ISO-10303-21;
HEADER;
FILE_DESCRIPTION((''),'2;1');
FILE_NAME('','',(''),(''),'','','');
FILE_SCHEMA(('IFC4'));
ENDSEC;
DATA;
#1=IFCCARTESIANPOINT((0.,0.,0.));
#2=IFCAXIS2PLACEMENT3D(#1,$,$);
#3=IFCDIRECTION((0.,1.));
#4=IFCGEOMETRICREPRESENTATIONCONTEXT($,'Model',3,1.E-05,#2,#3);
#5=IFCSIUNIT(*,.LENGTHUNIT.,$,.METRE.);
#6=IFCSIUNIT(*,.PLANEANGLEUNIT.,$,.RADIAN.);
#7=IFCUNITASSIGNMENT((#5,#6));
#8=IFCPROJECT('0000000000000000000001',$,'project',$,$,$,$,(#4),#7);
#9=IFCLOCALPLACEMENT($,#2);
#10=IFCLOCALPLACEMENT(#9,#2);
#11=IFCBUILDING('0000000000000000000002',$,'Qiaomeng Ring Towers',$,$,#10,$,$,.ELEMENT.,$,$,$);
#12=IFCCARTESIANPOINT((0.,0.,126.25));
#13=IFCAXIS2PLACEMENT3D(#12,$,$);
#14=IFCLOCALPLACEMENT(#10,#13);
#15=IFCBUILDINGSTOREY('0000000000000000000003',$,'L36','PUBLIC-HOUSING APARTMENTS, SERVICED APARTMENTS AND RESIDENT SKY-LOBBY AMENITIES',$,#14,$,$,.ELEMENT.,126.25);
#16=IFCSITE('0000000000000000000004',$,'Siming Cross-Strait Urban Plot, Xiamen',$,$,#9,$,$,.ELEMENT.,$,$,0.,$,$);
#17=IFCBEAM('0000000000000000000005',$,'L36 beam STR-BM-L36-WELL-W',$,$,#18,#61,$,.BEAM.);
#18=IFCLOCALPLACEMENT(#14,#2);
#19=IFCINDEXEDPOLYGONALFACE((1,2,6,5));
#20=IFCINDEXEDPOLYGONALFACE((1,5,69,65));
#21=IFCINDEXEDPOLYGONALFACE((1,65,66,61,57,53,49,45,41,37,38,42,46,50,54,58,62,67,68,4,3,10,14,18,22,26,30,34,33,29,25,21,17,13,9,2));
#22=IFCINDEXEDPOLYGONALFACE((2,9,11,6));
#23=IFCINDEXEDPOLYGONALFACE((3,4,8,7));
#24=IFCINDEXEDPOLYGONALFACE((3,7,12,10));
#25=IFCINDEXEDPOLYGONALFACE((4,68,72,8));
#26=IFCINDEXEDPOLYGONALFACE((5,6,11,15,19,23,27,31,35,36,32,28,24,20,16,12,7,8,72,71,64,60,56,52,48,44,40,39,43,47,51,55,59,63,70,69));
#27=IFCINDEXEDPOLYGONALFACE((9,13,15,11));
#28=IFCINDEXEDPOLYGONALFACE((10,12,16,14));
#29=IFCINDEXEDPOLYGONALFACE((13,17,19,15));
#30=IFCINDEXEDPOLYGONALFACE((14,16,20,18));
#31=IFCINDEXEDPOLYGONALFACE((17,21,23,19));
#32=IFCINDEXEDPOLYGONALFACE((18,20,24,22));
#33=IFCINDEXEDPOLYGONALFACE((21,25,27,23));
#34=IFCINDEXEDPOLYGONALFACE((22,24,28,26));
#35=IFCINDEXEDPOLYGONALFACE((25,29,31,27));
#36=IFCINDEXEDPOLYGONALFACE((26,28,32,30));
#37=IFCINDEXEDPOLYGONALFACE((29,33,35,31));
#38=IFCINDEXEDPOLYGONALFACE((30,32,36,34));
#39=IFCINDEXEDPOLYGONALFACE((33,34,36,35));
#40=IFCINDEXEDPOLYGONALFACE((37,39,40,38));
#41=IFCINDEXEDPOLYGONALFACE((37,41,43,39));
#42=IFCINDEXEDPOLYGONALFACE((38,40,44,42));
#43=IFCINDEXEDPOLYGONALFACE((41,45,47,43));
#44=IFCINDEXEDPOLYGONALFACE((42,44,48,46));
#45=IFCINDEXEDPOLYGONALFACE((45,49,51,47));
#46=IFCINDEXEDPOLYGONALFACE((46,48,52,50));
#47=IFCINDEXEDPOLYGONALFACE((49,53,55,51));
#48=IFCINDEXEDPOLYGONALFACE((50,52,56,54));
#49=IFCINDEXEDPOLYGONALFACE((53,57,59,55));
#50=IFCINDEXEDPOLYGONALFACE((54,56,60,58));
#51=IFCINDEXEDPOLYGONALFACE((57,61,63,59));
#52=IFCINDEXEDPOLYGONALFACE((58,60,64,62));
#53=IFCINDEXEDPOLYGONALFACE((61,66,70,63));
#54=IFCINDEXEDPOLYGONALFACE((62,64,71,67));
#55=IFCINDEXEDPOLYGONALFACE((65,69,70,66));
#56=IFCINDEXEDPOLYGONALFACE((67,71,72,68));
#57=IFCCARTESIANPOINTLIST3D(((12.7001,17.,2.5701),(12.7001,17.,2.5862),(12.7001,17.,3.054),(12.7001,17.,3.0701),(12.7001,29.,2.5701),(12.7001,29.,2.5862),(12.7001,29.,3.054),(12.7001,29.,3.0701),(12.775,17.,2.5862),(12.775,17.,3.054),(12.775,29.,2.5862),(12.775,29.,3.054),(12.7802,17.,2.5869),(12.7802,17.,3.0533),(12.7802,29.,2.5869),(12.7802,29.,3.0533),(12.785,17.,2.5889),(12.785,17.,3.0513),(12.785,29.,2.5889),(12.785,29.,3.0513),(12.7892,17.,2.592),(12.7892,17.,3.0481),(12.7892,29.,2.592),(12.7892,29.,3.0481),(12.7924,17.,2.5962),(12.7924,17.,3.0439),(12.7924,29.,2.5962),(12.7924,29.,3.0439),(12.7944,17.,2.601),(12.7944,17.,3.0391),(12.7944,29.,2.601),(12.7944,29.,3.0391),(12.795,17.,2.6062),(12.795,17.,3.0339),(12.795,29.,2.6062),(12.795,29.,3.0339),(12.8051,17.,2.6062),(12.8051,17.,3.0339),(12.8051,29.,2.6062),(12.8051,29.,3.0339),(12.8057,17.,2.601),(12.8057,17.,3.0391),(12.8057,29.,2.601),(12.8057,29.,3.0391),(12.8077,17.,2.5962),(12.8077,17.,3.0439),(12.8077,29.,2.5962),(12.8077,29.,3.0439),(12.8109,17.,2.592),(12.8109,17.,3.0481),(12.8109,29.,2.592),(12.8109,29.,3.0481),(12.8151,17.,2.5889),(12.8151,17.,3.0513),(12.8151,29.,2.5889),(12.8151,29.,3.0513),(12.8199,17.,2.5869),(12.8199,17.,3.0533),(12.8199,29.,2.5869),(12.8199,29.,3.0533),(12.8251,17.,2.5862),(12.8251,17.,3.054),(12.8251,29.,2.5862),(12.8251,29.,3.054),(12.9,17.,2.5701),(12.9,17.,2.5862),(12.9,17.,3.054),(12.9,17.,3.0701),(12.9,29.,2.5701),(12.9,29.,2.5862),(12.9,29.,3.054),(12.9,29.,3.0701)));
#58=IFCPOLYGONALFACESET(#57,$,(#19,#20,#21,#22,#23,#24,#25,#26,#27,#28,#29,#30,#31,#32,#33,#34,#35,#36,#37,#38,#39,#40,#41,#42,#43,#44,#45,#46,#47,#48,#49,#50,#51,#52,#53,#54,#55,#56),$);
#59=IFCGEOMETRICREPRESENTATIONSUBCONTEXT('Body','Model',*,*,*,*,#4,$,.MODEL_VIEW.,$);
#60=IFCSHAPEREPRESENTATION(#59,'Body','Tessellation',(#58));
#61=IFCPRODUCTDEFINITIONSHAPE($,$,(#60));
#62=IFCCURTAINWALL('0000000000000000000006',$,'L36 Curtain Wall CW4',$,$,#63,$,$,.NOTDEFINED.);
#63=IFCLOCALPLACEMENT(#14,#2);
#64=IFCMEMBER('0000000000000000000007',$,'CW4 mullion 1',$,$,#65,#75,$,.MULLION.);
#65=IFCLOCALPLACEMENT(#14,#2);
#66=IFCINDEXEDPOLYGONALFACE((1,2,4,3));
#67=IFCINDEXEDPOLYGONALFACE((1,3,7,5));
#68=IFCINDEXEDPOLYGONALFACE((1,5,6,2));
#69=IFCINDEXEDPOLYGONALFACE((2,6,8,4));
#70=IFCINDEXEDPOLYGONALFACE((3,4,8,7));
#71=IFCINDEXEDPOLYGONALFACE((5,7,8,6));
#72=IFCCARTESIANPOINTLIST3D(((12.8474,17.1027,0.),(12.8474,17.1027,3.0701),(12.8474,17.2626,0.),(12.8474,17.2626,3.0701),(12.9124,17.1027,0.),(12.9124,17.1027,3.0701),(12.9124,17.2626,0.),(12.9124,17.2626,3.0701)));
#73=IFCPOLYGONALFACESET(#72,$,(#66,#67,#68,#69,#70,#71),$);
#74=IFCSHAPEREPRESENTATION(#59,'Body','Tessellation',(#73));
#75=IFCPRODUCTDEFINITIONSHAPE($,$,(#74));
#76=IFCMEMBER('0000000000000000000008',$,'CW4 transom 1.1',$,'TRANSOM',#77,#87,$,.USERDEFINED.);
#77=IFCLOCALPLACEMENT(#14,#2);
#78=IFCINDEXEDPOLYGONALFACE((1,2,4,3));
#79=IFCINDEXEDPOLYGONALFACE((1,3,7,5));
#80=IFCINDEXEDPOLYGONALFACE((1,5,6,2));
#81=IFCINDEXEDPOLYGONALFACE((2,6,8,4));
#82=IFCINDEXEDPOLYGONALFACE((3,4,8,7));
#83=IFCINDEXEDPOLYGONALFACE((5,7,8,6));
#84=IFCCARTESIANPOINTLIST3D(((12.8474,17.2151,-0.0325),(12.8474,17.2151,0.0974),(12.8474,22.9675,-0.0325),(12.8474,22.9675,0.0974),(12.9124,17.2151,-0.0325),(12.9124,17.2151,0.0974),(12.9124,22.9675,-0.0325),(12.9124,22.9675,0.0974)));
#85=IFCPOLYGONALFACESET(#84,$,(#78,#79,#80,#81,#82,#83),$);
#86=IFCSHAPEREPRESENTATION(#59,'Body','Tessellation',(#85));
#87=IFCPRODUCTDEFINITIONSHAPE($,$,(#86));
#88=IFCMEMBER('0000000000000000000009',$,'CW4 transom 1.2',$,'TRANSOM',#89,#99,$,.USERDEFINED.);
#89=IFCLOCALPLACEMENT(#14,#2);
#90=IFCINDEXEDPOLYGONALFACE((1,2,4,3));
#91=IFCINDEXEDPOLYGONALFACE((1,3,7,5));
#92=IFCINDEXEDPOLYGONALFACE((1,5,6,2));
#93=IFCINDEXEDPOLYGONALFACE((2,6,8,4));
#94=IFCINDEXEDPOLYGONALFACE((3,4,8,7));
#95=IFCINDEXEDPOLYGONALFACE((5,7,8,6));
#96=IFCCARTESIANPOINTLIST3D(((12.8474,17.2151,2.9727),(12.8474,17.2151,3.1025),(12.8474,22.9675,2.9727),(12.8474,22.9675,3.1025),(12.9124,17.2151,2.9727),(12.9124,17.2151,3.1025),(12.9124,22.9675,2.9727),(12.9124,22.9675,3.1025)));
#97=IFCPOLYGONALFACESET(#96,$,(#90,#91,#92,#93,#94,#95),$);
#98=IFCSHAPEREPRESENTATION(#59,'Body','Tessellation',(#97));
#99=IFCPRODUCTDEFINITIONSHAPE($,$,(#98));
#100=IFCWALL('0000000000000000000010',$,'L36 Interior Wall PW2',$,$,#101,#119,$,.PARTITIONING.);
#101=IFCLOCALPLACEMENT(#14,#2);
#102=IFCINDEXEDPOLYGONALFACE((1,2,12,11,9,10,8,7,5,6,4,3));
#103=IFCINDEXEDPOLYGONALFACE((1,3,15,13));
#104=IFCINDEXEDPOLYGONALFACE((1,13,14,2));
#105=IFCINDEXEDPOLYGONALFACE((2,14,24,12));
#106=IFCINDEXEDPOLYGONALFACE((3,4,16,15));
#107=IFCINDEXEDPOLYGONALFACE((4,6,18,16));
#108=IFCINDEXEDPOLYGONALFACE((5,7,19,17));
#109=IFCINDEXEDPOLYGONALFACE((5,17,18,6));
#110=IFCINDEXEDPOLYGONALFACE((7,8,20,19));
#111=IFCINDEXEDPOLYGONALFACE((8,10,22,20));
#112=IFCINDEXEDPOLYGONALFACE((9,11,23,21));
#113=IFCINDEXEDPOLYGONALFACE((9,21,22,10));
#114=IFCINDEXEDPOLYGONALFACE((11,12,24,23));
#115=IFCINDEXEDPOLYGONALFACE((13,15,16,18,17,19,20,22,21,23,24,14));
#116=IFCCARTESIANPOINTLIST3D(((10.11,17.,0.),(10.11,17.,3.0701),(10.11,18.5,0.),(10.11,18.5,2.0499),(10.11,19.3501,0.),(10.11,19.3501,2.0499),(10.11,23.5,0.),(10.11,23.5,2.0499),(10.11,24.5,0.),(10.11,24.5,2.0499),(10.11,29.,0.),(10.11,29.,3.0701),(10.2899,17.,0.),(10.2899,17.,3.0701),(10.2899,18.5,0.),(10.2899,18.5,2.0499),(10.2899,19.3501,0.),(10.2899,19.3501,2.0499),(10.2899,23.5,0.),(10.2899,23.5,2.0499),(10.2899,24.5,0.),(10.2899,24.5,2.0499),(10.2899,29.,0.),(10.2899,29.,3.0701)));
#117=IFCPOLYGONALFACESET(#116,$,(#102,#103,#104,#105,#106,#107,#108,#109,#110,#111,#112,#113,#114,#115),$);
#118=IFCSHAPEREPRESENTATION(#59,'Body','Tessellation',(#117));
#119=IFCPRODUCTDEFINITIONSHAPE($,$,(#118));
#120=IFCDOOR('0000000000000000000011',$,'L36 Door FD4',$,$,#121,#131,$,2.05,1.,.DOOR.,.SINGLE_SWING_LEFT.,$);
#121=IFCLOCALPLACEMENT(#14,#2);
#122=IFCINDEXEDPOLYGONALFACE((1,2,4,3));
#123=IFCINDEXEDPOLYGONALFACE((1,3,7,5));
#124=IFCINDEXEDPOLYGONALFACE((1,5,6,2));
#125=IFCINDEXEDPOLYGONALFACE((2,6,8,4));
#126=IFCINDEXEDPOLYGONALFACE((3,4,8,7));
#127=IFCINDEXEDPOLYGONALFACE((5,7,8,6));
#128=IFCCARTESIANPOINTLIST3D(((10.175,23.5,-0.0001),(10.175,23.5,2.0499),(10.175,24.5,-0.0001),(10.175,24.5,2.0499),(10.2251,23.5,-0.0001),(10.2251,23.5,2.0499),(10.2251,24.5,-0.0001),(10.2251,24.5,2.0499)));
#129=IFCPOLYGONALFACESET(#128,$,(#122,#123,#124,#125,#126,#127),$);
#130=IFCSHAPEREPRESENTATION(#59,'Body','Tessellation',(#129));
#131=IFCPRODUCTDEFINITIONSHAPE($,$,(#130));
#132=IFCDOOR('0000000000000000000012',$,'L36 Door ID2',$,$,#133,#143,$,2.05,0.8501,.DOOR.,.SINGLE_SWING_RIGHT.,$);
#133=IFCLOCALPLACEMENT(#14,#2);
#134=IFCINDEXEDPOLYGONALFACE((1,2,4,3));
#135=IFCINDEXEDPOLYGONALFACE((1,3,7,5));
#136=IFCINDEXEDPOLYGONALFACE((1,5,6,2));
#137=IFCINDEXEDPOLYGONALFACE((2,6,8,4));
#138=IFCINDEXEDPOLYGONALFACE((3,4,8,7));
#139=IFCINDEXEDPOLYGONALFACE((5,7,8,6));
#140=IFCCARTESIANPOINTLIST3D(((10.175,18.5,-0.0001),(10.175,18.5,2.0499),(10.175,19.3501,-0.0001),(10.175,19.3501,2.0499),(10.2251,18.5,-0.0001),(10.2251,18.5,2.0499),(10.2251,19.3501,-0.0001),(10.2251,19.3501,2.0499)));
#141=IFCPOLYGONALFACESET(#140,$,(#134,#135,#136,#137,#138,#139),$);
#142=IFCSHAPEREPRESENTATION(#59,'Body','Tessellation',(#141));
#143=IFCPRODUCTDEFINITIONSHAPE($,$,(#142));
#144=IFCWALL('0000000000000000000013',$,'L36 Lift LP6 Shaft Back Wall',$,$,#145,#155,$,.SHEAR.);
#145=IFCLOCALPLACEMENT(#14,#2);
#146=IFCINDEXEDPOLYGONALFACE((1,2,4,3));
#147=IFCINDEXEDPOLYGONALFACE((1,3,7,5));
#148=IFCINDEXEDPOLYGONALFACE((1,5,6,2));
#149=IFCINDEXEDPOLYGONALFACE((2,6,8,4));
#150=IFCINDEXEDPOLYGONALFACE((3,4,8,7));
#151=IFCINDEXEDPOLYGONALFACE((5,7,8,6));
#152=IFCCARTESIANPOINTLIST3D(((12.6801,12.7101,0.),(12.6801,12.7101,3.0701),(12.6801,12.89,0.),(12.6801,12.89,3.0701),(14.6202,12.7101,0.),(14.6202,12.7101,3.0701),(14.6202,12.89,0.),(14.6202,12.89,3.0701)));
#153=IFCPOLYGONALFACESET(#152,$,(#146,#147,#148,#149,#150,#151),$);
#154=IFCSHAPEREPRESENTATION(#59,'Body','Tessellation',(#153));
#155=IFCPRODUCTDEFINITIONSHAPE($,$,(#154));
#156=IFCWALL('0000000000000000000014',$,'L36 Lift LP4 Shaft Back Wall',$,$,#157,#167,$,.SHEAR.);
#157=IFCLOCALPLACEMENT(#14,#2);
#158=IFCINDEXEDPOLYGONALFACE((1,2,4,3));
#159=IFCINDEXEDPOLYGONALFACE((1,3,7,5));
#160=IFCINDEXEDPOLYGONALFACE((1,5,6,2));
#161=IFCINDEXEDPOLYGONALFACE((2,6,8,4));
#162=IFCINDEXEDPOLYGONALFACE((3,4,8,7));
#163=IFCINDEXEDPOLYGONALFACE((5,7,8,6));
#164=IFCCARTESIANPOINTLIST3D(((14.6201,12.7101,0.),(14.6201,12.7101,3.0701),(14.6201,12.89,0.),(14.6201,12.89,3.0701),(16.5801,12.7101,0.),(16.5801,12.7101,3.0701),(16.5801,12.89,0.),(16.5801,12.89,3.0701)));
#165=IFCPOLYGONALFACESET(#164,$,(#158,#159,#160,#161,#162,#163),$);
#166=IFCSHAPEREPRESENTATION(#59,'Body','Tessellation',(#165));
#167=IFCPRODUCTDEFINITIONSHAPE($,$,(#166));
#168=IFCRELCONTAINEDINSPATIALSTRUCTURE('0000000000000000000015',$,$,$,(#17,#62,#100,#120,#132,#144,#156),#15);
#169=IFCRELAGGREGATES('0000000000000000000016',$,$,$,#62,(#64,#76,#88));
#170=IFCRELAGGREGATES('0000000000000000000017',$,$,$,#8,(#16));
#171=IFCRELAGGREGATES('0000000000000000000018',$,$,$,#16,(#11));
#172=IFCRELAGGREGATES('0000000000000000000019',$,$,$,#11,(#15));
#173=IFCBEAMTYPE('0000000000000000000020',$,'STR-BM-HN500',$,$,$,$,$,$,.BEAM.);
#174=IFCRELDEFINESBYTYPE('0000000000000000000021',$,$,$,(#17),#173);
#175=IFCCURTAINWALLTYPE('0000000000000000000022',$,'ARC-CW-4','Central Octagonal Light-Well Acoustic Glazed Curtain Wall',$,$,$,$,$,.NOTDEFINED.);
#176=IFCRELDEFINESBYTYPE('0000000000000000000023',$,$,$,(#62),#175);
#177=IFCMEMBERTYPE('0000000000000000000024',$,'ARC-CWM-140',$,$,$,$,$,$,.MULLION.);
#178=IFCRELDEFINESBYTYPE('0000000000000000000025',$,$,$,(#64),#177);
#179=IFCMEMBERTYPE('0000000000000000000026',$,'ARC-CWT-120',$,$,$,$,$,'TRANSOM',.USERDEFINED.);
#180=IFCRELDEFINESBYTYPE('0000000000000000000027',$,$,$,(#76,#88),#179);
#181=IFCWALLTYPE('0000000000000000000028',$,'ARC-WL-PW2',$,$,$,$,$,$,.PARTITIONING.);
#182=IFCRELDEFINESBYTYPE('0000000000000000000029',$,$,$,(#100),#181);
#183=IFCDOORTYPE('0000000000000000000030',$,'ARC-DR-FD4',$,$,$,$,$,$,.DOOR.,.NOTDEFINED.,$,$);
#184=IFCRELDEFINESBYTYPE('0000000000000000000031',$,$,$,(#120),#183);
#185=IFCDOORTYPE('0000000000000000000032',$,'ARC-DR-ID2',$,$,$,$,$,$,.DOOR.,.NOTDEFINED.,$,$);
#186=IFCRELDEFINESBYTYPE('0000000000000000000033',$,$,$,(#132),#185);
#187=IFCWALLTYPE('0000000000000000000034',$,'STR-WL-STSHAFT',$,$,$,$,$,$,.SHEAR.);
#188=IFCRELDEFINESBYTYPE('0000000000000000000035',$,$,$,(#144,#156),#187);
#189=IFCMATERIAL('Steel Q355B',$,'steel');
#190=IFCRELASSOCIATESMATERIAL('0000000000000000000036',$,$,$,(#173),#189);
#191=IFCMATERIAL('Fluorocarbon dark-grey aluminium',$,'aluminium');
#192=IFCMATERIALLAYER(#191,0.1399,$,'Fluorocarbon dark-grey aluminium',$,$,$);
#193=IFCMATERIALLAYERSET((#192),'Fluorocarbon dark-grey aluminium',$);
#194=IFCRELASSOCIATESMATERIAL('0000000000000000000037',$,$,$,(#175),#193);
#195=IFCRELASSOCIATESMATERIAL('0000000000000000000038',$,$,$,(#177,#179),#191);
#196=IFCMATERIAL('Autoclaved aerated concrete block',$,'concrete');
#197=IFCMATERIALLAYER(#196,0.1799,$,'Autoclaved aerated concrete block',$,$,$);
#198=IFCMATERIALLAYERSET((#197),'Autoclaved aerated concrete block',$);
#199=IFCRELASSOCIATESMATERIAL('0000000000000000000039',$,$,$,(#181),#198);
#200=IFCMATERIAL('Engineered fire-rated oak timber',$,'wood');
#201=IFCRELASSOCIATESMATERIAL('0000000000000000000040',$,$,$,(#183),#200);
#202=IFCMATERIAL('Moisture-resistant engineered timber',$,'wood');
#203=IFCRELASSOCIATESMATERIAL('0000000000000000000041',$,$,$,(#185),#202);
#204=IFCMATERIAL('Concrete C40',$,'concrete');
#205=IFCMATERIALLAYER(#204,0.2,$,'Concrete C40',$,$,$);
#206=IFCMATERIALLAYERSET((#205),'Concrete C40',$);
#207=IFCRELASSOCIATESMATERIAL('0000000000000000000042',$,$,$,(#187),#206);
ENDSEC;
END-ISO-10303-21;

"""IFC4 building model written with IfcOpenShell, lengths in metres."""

from ifc_helpers import new_model, si_unit, direction, frame, frame_2d, origin, origin_2d, place, context, subcontext, project, spatial, rectangle, i_section, extrude, source, transform, mapped, material, layer, layer_set, material_profile, profile_set, type_object, element, fill, aggregate, save


model = new_model("IFC4")

# Units and contexts
model_context = context("Model", 3, precision=1e-05, world=origin(), true_north=direction((0.0, 1.0)))
body_context = subcontext(model_context, "Body", "Model", "MODEL_VIEW")
ifc_project = project(units=[si_unit("LENGTHUNIT", "METRE"), si_unit("PLANEANGLEUNIT", "RADIAN")], contexts=[model_context])

# Site, building, storey
site_placement = place(None, origin())
site = spatial("IfcSite", under=ifc_project, at=site_placement, Name="Siming Cross-Strait Urban Plot, Xiamen", CompositionType="ELEMENT", RefElevation=0.0)
building_placement = place(site_placement, origin())
building = spatial("IfcBuilding", under=site, at=building_placement, Name="Qiaomeng Ring Towers", CompositionType="ELEMENT")
storey_placement = place(building_placement, frame((0.0, 0.0, 126.25)))
storey = spatial("IfcBuildingStorey", under=building, at=storey_placement, Name="L36", Description="PUBLIC-HOUSING APARTMENTS, SERVICED APARTMENTS AND RESIDENT SKY-LOBBY AMENITIES", CompositionType="ELEMENT", Elevation=126.25)

# Beam
ifc_material_1 = material(Name="Steel Q355B", Category="steel")
ifc_material_profile_1 = material_profile(ifc_material_1, i_section(OverallWidth=0.2, OverallDepth=0.5, WebThickness=0.01, FlangeThickness=0.0161, FilletRadius=0.02, at=origin_2d()), Name="HN 500x200x10x16")
ifc_profile_set_1 = profile_set([ifc_material_profile_1], Name="Steel Q355B")
beam_type = type_object("IfcBeamType", Name="STR-BM-HN500", PredefinedType="BEAM", material=ifc_profile_set_1)
shared_shape_1 = source(origin(), body_context, "Body", "SweptSolid", [
    extrude(i_section(OverallWidth=0.2, OverallDepth=0.5, WebThickness=0.01, FlangeThickness=0.0161, FilletRadius=0.02, at=origin_2d()), origin(), (0.0, 0.0, 1.0), 12.0),
])
beam_placement = place(storey_placement, frame((12.8, 17.0, 2.8201), z_axis=(0.0, 1.0, 0.0), x_axis=(-1.0, 0.0, 0.0)))
element("IfcBeam", 1, at=beam_placement, inside=storey, type_object=beam_type, Name="L36 beam STR-BM-L36-WELL-W", PredefinedType="BEAM", context=body_context, shape_type="MappedRepresentation", body=[
    mapped(shared_shape_1, transform((0.0, 0.0, 0.0), x_axis=(1.0, 0.0, 0.0), y_axis=(0.0, 1.0, 0.0), z_axis=(0.0, 0.0, 1.0), scale=1.0)),
])

# Curtain wall, members
ifc_material_2 = material(Name="Fluorocarbon dark-grey aluminium", Category="aluminium")
ifc_layer_1 = layer(ifc_material_2, 0.1399, Name="Fluorocarbon dark-grey aluminium")
ifc_layer_set_1 = layer_set([ifc_layer_1], Name="Fluorocarbon dark-grey aluminium")
curtain_wall_type = type_object("IfcCurtainWallType", Name="ARC-CW-4", Description="Central Octagonal Light-Well Acoustic Glazed Curtain Wall", PredefinedType="NOTDEFINED", material=ifc_layer_set_1)
curtain_wall_placement = place(storey_placement, origin())
curtain_wall = element("IfcCurtainWall", 2, at=curtain_wall_placement, inside=storey, type_object=curtain_wall_type, Name="L36 Curtain Wall CW4", PredefinedType="NOTDEFINED")
ifc_material_profile_2 = material_profile(ifc_material_2, rectangle(XDim=0.0649, YDim=0.1599, at=origin_2d()), Name="ALU MULL 65x160")
ifc_profile_set_2 = profile_set([ifc_material_profile_2], Name="Fluorocarbon dark-grey aluminium")
member_type_1 = type_object("IfcMemberType", Name="ARC-CWM-140", PredefinedType="MULLION", material=ifc_profile_set_2)
shared_shape_2 = source(origin(), body_context, "Body", "SweptSolid", [
    extrude(rectangle(XDim=0.0649, YDim=0.1599, at=origin_2d()), origin(), (0.0, 0.0, 1.0), 3.0701),
])
member_1_placement = place(storey_placement, frame((12.8799, 17.1826, 0.0), z_axis=(0.0, 0.0, 1.0), x_axis=(-1.0, 0.0, 0.0)))
member_1 = element("IfcMember", 3, at=member_1_placement, type_object=member_type_1, Name="CW4 mullion 1", PredefinedType="MULLION", context=body_context, shape_type="MappedRepresentation", body=[
    mapped(shared_shape_2, transform((0.0, 0.0, 0.0), x_axis=(1.0, 0.0, 0.0), y_axis=(0.0, 1.0, 0.0), z_axis=(0.0, 0.0, 1.0), scale=1.0)),
])
ifc_material_profile_3 = material_profile(ifc_material_2, rectangle(XDim=0.0649, YDim=0.1299, at=origin_2d()), Name="ALU TRAN 65x130")
ifc_profile_set_3 = profile_set([ifc_material_profile_3], Name="Fluorocarbon dark-grey aluminium")
member_type_2 = type_object("IfcMemberType", Name="ARC-CWT-120", ElementType="TRANSOM", PredefinedType="USERDEFINED", material=ifc_profile_set_3)
shared_shape_3 = source(origin(), body_context, "Body", "SweptSolid", [
    extrude(rectangle(XDim=0.0649, YDim=0.1299, at=origin_2d()), origin(), (0.0, 0.0, 1.0), 5.7524),
])
member_2_placement = place(storey_placement, frame((12.8799, 17.2151, 0.0325), z_axis=(0.0, 1.0, 0.0), x_axis=(-1.0, 0.0, 0.0)))
member_2 = element("IfcMember", 4, at=member_2_placement, type_object=member_type_2, Name="CW4 transom 1.1", ObjectType="TRANSOM", PredefinedType="USERDEFINED", context=body_context, shape_type="MappedRepresentation", body=[
    mapped(shared_shape_3, transform((0.0, 0.0, 0.0), x_axis=(1.0, 0.0, 0.0), y_axis=(0.0, 1.0, 0.0), z_axis=(0.0, 0.0, 1.0), scale=1.0)),
])
member_3_placement = place(storey_placement, frame((12.8799, 17.2151, 3.0376), z_axis=(0.0, 1.0, 0.0), x_axis=(-1.0, 0.0, 0.0)))
member_3 = element("IfcMember", 5, at=member_3_placement, type_object=member_type_2, Name="CW4 transom 1.2", ObjectType="TRANSOM", PredefinedType="USERDEFINED", context=body_context, shape_type="MappedRepresentation", body=[
    mapped(shared_shape_3, transform((0.0, 0.0, 0.0), x_axis=(1.0, 0.0, 0.0), y_axis=(0.0, 1.0, 0.0), z_axis=(0.0, 0.0, 1.0), scale=1.0)),
])
aggregate(curtain_wall, [member_1, member_2, member_3])

# Wall, openings, doors
ifc_material_3 = material(Name="Autoclaved aerated concrete block", Category="concrete")
ifc_layer_2 = layer(ifc_material_3, 0.1799, Name="Autoclaved aerated concrete block")
ifc_layer_set_2 = layer_set([ifc_layer_2], Name="Autoclaved aerated concrete block")
wall_type_1 = type_object("IfcWallType", Name="ARC-WL-PW2", PredefinedType="PARTITIONING", material=ifc_layer_set_2)
wall_1_placement = place(storey_placement, frame((10.2, 17.0, 0.0), z_axis=(0.0, 0.0, 1.0), x_axis=(0.0, 1.0, 0.0)))
wall_1 = element("IfcWall", 6, at=wall_1_placement, inside=storey, type_object=wall_type_1, Name="L36 Interior Wall PW2", PredefinedType="PARTITIONING", context=body_context, shape_type="SweptSolid", body=[
    extrude(rectangle(XDim=12.0, YDim=0.1799, at=frame_2d((6.0, 0.0))), origin(), (0.0, 0.0, 1.0), 3.0701),
])
opening_1_placement = place(wall_1_placement, frame((1.5, 0.0, 0.0)))
opening_1 = element("IfcOpeningElement", 7, at=opening_1_placement, cuts=wall_1, PredefinedType="OPENING", context=body_context, shape_type="SweptSolid", body=[
    extrude(rectangle(XDim=0.8501, YDim=2.05, at=frame_2d((0.425, 1.0249))), frame((0.0, 0.0999, 0.0), z_axis=(0.0, -1.0, 0.0), x_axis=(1.0, 0.0, 0.0)), (0.0, 0.0, 1.0), 0.2),
])
opening_2_placement = place(wall_1_placement, frame((6.5, 0.0, 0.0)))
opening_2 = element("IfcOpeningElement", 8, at=opening_2_placement, cuts=wall_1, PredefinedType="OPENING", context=body_context, shape_type="SweptSolid", body=[
    extrude(rectangle(XDim=1.0, YDim=2.05, at=frame_2d((0.5, 1.0249))), frame((0.0, 0.0999, 0.0), z_axis=(0.0, -1.0, 0.0), x_axis=(1.0, 0.0, 0.0)), (0.0, 0.0, 1.0), 0.2),
])
ifc_material_4 = material(Name="Engineered fire-rated oak timber", Category="wood")
door_type_1 = type_object("IfcDoorType", Name="ARC-DR-FD4", OperationType="NOTDEFINED", PredefinedType="DOOR", material=ifc_material_4)
shared_shape_4 = source(origin(), body_context, "Body", "SweptSolid", [
    extrude(rectangle(XDim=1.0, YDim=2.05, at=frame_2d((0.5, 1.0249))), frame((0.0, 0.0249, 0.0), z_axis=(0.0, -1.0, 0.0), x_axis=(1.0, 0.0, 0.0)), (0.0, 0.0, 1.0), 0.05),
])
door_1_placement = place(opening_2_placement, origin())
door_1 = element("IfcDoor", 9, at=door_1_placement, inside=storey, type_object=door_type_1, Name="L36 Door FD4", OperationType="SINGLE_SWING_LEFT", OverallHeight=2.05, OverallWidth=1.0, PredefinedType="DOOR", context=body_context, shape_type="MappedRepresentation", body=[
    mapped(shared_shape_4, transform((0.0, 0.0, 0.0), x_axis=(1.0, 0.0, 0.0), y_axis=(0.0, 1.0, 0.0), z_axis=(0.0, 0.0, 1.0), scale=1.0)),
])
fill(opening_2, door_1)
ifc_material_5 = material(Name="Moisture-resistant engineered timber", Category="wood")
door_type_2 = type_object("IfcDoorType", Name="ARC-DR-ID2", OperationType="NOTDEFINED", PredefinedType="DOOR", material=ifc_material_5)
shared_shape_5 = source(origin(), body_context, "Body", "SweptSolid", [
    extrude(rectangle(XDim=0.8501, YDim=2.05, at=frame_2d((0.425, 1.0249))), frame((0.0, 0.0249, 0.0), z_axis=(0.0, -1.0, 0.0), x_axis=(1.0, 0.0, 0.0)), (0.0, 0.0, 1.0), 0.05),
])
door_2_placement = place(opening_1_placement, origin())
door_2 = element("IfcDoor", 10, at=door_2_placement, inside=storey, type_object=door_type_2, Name="L36 Door ID2", OperationType="SINGLE_SWING_RIGHT", OverallHeight=2.05, OverallWidth=0.8501, PredefinedType="DOOR", context=body_context, shape_type="MappedRepresentation", body=[
    mapped(shared_shape_5, transform((0.0, 0.0, 0.0), x_axis=(1.0, 0.0, 0.0), y_axis=(0.0, 1.0, 0.0), z_axis=(0.0, 0.0, 1.0), scale=1.0)),
])
fill(opening_1, door_2)

# Walls
ifc_material_6 = material(Name="Concrete C40", Category="concrete")
ifc_layer_3 = layer(ifc_material_6, 0.2, Name="Concrete C40")
ifc_layer_set_3 = layer_set([ifc_layer_3], Name="Concrete C40")
wall_type_2 = type_object("IfcWallType", Name="STR-WL-STSHAFT", PredefinedType="SHEAR", material=ifc_layer_set_3)
wall_2_placement = place(storey_placement, frame((12.6799, 12.8, 0.0), z_axis=(0.0, 0.0, 1.0), x_axis=(1.0, 0.0, 0.0)))
element("IfcWall", 11, at=wall_2_placement, inside=storey, type_object=wall_type_2, Name="L36 Lift LP6 Shaft Back Wall", PredefinedType="SHEAR", context=body_context, shape_type="SweptSolid", body=[
    extrude(rectangle(XDim=1.9402, YDim=0.1799, at=frame_2d((0.9702, 0.0))), origin(), (0.0, 0.0, 1.0), 3.0701),
])
wall_3_placement = place(storey_placement, frame((14.6201, 12.8, 0.0), z_axis=(0.0, 0.0, 1.0), x_axis=(1.0, 0.0, 0.0)))
element("IfcWall", 12, at=wall_3_placement, inside=storey, type_object=wall_type_2, Name="L36 Lift LP4 Shaft Back Wall", PredefinedType="SHEAR", context=body_context, shape_type="SweptSolid", body=[
    extrude(rectangle(XDim=1.96, YDim=0.1799, at=frame_2d((0.98, 0.0))), origin(), (0.0, 0.0, 1.0), 3.0701),
])

save(model, "model.ifc")
